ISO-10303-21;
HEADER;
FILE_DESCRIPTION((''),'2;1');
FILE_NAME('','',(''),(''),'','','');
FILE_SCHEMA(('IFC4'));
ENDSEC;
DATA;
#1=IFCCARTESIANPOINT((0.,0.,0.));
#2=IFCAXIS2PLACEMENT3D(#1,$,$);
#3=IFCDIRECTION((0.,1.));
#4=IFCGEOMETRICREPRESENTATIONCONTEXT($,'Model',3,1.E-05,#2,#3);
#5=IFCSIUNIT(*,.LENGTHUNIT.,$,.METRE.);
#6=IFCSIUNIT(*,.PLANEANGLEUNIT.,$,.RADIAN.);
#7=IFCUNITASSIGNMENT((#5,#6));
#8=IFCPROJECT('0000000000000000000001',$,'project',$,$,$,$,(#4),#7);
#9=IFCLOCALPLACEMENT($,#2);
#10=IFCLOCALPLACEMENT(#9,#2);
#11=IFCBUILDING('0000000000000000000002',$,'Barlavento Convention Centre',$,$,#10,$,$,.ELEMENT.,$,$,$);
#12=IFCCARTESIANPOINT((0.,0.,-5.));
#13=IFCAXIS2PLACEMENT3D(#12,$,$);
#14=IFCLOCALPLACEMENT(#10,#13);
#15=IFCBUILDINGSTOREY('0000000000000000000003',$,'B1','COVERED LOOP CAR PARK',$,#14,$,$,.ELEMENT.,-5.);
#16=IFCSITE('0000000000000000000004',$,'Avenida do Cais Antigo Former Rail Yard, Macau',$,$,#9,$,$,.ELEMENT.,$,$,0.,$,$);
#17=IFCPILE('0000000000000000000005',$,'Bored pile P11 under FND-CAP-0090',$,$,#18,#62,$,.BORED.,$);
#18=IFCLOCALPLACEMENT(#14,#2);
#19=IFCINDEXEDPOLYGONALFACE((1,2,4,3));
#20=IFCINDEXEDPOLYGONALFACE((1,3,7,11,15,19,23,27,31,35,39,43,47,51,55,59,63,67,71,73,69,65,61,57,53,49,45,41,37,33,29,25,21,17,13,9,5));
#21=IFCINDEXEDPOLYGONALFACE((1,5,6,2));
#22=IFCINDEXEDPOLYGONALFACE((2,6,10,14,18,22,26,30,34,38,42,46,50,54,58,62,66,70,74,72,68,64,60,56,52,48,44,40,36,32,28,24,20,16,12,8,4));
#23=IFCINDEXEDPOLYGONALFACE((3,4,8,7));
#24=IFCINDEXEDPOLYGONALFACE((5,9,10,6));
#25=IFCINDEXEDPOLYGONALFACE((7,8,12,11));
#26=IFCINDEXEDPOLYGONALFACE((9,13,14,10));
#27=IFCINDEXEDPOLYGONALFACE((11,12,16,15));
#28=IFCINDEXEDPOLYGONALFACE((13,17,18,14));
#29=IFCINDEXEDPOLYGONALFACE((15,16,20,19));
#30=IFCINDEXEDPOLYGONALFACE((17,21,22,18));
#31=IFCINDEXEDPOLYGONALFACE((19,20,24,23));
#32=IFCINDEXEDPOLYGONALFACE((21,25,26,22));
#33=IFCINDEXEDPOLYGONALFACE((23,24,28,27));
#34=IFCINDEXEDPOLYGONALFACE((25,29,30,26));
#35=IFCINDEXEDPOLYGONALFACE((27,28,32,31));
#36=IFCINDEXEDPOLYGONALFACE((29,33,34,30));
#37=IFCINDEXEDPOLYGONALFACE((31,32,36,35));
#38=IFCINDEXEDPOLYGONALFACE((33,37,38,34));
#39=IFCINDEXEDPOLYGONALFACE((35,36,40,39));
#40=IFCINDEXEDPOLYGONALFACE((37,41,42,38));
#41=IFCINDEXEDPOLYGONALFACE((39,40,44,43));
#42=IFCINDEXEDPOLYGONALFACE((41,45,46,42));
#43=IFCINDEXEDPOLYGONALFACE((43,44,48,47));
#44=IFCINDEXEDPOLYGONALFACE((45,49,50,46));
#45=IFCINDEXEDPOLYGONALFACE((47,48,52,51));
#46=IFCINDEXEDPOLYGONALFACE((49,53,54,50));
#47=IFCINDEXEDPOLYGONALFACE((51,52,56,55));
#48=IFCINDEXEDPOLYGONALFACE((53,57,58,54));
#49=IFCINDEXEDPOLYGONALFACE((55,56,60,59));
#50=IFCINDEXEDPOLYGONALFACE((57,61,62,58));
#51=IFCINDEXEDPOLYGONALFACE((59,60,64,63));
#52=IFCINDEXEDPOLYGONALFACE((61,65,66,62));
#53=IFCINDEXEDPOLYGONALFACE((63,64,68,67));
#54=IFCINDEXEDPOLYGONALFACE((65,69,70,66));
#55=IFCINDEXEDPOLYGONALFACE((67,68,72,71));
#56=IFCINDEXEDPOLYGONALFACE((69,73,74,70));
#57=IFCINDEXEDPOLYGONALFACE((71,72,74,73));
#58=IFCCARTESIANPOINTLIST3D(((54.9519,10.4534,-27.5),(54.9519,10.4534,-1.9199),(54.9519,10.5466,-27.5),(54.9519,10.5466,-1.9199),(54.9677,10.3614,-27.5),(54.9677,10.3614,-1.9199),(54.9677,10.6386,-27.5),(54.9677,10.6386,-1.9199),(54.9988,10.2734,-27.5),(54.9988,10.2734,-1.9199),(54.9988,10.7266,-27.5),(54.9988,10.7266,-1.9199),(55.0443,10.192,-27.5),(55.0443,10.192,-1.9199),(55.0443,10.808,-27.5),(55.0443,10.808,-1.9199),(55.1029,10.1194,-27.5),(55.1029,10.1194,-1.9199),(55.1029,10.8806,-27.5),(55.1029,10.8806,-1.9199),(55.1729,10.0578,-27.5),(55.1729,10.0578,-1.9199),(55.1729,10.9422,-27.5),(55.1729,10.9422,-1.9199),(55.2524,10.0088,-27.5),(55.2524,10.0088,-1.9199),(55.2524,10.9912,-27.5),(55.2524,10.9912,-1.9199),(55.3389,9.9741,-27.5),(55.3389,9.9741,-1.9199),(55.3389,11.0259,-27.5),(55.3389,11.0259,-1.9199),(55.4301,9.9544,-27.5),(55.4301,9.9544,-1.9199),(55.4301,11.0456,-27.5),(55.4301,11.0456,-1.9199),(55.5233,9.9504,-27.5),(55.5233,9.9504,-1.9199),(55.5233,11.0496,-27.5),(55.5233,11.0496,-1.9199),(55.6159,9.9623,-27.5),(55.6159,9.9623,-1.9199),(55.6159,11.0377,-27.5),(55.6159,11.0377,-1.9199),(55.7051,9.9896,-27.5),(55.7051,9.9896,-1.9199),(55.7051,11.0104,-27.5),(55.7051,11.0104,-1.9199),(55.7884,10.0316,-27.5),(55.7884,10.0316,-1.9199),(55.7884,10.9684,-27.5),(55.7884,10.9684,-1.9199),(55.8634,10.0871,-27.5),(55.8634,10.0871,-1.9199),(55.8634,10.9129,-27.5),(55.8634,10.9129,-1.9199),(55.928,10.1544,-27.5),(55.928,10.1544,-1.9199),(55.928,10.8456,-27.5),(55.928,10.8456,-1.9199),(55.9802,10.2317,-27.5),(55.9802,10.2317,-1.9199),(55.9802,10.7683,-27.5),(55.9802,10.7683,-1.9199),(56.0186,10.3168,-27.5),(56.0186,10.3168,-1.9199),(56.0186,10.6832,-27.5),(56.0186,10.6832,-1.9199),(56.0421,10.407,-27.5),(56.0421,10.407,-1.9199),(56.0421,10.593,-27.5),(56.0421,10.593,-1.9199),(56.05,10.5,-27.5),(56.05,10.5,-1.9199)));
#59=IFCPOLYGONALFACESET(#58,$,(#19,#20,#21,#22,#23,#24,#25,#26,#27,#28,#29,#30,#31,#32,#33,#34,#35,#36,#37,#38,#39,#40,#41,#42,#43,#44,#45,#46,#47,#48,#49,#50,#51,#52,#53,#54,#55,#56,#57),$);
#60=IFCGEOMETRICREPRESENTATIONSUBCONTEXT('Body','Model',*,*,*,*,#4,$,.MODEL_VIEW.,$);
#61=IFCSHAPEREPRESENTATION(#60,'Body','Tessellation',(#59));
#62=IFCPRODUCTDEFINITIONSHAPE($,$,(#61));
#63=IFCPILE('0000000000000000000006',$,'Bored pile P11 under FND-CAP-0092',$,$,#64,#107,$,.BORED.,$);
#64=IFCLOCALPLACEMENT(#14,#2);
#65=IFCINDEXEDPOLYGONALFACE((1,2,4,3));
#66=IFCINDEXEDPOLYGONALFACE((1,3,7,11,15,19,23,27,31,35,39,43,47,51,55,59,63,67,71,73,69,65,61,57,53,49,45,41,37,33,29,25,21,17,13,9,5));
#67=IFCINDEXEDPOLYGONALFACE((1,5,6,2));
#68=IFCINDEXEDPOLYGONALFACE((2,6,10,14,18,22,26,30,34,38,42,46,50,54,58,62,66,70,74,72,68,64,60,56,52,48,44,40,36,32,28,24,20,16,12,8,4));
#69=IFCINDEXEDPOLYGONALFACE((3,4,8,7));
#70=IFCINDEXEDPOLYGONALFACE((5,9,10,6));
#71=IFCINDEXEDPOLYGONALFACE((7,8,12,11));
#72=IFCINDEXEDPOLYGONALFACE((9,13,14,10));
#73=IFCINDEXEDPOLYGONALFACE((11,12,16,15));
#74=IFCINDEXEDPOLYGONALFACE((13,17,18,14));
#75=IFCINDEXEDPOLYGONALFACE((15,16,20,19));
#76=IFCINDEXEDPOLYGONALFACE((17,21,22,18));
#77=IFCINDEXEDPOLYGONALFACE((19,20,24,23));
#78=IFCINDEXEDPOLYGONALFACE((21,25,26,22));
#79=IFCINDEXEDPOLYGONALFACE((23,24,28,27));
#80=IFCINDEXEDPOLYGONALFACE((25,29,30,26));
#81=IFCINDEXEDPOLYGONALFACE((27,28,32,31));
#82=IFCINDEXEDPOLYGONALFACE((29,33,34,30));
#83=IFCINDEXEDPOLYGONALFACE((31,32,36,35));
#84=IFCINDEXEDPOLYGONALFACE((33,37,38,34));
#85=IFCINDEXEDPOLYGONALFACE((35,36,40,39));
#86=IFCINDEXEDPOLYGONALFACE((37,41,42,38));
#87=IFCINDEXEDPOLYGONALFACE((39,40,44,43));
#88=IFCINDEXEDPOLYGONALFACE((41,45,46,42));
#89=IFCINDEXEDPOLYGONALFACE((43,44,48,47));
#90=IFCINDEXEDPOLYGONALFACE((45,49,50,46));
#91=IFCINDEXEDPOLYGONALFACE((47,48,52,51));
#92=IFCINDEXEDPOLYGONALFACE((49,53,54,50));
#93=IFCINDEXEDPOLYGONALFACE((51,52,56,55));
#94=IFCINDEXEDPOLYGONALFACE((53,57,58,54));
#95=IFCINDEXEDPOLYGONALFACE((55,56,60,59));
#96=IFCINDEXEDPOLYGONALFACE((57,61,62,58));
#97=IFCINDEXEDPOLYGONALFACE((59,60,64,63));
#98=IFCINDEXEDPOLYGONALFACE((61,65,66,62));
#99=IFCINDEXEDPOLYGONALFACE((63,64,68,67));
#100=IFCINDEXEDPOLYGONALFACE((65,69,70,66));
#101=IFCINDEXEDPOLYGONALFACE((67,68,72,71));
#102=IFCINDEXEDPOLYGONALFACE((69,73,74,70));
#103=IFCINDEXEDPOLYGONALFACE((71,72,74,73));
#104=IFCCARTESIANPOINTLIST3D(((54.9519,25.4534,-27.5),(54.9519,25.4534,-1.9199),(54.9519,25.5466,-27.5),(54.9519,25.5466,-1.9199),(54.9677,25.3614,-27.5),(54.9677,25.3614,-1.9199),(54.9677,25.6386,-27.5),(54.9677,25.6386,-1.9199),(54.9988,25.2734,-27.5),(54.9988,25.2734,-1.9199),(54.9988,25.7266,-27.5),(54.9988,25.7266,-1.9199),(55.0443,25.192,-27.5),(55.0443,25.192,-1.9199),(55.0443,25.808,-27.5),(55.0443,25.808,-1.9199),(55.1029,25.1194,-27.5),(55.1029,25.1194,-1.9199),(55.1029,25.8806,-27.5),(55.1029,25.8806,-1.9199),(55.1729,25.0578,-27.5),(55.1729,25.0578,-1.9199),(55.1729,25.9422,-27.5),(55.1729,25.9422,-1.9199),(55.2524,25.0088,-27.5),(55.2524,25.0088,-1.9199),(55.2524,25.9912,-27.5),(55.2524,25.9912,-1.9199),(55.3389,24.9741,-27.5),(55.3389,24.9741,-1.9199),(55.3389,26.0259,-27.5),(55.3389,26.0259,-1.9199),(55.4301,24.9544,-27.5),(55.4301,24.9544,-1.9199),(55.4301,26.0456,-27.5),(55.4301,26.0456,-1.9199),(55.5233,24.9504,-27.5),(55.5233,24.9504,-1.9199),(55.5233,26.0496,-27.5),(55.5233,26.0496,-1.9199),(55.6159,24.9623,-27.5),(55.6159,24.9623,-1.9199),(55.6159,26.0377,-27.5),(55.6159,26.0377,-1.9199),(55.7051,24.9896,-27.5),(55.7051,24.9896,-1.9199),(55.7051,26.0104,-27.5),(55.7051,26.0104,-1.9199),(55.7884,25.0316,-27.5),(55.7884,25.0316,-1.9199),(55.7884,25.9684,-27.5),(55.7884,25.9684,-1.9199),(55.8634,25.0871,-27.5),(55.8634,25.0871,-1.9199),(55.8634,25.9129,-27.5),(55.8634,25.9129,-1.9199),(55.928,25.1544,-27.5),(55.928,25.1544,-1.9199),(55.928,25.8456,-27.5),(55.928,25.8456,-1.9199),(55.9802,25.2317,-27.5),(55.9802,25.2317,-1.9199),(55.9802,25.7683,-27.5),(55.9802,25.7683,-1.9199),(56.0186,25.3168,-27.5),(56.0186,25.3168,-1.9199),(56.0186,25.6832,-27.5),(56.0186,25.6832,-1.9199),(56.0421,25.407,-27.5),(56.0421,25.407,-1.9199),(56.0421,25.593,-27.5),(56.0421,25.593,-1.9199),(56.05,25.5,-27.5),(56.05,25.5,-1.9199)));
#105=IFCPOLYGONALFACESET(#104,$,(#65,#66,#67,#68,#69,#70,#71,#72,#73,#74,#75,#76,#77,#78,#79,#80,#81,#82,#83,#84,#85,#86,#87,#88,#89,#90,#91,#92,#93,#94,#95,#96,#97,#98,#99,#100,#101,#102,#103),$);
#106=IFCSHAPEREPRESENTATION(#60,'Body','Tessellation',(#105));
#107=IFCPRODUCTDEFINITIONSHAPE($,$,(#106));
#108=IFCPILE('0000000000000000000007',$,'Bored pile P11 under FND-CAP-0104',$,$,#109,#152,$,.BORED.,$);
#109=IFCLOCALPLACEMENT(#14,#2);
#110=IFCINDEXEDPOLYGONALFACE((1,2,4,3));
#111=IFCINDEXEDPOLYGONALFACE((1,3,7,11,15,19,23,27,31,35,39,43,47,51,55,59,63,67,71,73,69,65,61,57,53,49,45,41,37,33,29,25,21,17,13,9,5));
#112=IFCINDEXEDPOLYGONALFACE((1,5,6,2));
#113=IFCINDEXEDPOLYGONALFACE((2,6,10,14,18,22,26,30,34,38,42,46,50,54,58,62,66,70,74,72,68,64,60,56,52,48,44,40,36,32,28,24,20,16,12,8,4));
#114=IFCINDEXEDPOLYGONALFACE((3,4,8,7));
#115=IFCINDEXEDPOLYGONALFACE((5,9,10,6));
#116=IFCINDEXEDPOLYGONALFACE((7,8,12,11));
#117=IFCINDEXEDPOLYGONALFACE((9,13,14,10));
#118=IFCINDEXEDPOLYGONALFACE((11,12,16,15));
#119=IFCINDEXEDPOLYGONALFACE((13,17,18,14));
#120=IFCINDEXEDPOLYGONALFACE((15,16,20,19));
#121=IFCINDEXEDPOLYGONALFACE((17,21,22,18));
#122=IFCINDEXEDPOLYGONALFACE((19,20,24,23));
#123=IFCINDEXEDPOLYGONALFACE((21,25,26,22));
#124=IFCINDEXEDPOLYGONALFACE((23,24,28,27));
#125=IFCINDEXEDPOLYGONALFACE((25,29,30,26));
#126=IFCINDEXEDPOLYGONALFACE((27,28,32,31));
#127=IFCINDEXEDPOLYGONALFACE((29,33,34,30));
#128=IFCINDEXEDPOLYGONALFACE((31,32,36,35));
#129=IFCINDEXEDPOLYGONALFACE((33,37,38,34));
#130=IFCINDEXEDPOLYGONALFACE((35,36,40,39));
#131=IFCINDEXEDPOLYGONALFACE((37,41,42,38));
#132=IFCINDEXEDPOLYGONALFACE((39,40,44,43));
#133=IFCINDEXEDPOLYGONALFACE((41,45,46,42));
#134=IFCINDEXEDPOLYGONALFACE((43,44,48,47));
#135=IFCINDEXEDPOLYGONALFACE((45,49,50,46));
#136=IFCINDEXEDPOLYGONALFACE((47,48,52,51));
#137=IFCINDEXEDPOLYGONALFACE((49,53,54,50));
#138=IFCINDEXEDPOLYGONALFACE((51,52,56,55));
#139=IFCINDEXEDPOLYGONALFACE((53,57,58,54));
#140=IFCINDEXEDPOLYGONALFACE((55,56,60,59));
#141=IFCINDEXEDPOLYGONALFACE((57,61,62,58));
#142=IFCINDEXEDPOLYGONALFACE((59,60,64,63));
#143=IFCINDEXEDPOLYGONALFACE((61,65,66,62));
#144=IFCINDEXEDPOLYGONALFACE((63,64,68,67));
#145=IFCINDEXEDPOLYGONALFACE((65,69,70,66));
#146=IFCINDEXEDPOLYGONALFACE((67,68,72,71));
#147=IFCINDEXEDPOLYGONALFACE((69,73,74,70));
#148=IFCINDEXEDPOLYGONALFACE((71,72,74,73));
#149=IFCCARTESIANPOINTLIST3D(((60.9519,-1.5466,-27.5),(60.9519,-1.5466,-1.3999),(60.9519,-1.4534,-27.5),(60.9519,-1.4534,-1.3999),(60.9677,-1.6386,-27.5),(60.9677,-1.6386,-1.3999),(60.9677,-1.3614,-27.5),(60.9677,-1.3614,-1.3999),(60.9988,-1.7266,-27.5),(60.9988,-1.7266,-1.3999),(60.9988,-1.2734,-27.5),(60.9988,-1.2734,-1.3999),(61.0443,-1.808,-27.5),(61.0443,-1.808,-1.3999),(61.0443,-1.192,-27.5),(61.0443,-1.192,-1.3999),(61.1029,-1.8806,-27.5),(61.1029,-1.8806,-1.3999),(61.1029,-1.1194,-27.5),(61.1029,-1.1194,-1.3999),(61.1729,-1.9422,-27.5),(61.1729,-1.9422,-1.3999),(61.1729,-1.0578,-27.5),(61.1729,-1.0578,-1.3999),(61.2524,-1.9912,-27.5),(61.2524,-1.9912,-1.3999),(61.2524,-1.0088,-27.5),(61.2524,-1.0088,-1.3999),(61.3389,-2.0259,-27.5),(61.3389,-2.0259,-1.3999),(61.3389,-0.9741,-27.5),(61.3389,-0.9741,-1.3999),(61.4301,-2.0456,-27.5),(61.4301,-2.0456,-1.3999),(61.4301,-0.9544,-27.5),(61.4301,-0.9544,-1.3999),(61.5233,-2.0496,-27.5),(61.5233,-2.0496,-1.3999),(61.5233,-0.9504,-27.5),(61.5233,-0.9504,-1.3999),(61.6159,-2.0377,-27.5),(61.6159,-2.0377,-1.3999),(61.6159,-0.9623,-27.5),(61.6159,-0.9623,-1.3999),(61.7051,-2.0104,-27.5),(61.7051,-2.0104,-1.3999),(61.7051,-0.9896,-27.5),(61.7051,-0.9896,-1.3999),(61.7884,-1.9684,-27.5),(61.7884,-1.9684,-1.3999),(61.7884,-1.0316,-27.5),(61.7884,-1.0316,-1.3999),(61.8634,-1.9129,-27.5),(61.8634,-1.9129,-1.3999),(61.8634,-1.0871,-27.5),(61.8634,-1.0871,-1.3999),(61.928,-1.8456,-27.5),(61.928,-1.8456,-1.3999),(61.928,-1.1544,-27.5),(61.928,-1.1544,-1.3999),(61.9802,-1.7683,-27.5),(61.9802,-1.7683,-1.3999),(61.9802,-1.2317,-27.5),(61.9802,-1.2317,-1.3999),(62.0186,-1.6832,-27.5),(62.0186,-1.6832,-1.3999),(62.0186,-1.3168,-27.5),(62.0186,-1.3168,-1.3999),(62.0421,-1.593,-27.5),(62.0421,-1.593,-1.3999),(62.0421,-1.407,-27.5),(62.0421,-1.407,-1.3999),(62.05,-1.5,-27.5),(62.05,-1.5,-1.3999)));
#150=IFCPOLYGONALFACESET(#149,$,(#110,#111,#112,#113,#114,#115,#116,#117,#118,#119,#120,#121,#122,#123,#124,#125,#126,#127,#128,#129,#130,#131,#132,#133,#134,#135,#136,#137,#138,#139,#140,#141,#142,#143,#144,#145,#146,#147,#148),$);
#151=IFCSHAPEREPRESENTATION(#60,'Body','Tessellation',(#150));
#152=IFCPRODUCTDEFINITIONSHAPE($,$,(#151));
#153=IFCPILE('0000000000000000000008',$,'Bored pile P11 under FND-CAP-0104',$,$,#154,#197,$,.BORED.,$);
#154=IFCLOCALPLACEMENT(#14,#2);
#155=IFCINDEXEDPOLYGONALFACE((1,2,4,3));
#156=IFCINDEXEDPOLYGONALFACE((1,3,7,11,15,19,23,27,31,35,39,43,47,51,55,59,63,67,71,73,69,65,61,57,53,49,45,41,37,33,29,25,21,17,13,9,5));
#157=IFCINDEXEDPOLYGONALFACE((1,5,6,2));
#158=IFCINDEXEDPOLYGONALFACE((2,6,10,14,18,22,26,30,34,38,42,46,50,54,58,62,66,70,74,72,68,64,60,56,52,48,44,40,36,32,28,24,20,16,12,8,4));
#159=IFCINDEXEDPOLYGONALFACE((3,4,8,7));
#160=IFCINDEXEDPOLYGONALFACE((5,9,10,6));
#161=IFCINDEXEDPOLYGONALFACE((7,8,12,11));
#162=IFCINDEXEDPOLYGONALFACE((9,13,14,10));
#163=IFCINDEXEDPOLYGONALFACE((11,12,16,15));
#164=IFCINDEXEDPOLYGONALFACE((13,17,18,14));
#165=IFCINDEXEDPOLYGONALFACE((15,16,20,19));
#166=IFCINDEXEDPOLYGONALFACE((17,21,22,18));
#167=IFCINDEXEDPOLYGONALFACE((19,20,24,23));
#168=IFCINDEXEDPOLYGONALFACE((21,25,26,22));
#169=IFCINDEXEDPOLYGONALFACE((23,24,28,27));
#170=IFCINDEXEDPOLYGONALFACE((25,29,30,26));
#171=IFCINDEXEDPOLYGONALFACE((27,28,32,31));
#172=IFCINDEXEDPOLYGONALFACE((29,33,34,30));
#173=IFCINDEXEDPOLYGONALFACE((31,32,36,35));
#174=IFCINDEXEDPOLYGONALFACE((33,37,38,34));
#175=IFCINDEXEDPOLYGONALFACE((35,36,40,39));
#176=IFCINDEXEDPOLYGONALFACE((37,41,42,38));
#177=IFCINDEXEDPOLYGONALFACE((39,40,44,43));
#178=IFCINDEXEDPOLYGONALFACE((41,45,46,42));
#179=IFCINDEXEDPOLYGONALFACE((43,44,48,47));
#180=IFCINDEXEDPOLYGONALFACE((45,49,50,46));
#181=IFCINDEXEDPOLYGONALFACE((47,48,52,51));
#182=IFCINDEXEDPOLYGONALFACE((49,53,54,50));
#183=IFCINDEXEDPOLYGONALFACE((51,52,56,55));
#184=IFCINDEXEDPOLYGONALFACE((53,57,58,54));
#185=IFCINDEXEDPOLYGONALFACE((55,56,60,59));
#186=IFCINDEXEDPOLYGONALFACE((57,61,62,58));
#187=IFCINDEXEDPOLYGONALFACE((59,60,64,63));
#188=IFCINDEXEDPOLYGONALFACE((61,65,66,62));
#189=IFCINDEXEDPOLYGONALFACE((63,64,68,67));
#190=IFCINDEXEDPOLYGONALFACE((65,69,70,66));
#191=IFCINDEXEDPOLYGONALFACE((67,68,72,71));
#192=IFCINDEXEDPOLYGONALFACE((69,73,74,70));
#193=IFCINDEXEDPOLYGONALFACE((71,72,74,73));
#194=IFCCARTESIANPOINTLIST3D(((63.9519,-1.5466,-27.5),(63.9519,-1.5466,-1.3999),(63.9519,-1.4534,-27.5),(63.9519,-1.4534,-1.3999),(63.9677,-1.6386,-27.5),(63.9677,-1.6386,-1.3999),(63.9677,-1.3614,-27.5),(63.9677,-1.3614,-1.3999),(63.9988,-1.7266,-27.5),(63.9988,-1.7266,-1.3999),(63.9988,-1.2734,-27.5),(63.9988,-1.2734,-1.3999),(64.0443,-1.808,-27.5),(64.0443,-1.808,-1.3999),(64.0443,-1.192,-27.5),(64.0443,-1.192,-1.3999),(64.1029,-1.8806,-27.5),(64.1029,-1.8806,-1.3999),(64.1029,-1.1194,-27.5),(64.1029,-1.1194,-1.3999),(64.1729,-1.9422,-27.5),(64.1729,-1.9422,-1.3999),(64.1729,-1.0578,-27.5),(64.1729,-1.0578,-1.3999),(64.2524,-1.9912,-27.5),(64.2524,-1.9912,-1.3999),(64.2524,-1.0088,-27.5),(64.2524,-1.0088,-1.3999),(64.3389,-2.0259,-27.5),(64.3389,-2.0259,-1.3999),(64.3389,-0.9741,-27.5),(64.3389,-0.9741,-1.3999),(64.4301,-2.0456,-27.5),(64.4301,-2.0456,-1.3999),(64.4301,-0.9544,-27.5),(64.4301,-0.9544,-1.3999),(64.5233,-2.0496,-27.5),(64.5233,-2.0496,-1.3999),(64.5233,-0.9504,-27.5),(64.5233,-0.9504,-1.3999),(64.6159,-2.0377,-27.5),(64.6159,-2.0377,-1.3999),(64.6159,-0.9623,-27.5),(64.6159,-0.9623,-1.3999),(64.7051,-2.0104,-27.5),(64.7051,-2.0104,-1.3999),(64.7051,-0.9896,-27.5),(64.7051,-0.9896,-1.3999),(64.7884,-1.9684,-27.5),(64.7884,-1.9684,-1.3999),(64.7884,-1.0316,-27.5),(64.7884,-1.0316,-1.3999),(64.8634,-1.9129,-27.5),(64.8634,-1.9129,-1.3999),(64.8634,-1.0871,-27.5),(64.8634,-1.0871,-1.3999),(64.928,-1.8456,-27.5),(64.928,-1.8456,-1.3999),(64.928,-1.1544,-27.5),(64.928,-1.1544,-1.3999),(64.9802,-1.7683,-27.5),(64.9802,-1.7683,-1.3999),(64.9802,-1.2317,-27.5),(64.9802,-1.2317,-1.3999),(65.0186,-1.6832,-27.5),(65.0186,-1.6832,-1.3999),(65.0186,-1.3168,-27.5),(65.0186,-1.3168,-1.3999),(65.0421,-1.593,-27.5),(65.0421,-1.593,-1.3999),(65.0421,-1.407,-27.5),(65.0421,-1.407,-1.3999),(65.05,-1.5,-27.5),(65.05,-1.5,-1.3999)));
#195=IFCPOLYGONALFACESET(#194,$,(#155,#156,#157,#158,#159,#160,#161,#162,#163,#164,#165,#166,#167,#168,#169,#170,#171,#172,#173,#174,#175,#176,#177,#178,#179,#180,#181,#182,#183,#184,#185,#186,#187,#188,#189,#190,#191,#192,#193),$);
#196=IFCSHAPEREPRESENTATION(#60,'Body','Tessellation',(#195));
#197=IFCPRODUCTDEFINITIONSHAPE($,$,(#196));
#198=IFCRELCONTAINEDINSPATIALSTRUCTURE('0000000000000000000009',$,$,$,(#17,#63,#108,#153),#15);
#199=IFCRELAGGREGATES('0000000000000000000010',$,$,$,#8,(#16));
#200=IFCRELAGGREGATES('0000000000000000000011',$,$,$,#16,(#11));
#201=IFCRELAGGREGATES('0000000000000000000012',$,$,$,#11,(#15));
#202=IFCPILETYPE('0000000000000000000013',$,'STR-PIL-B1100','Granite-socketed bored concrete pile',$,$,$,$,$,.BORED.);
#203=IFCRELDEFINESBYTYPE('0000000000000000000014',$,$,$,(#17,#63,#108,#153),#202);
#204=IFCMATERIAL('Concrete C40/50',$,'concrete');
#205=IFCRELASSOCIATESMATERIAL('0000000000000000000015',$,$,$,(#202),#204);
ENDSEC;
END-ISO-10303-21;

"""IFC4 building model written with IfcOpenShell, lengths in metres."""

from ifc_helpers import new_model, si_unit, direction, frame, origin, origin_2d, place, context, subcontext, project, spatial, circle, extrude, material, material_profile, profile_set, type_object, element, save


model = new_model("IFC4")

# Units and contexts
model_context = context("Model", 3, precision=1e-05, world=origin(), true_north=direction((0.0, 1.0)))
body_context = subcontext(model_context, "Body", "Model", "MODEL_VIEW")
ifc_project = project(units=[si_unit("LENGTHUNIT", "METRE"), si_unit("PLANEANGLEUNIT", "RADIAN")], contexts=[model_context])

# Site, building, storey
site_placement = place(None, origin())
site = spatial("IfcSite", under=ifc_project, at=site_placement, Name="Avenida do Cais Antigo Former Rail Yard, Macau", CompositionType="ELEMENT", RefElevation=0.0)
building_placement = place(site_placement, origin())
building = spatial("IfcBuilding", under=site, at=building_placement, Name="Barlavento Convention Centre", CompositionType="ELEMENT")
storey_placement = place(building_placement, frame((0.0, 0.0, -5.0)))
storey = spatial("IfcBuildingStorey", under=building, at=storey_placement, Name="B1", Description="COVERED LOOP CAR PARK", CompositionType="ELEMENT", Elevation=-5.0)

# Shared definitions
ifc_material_1 = material(Name="Concrete C40/50", Category="concrete")

# Piles
ifc_material_profile_1 = material_profile(ifc_material_1, circle(Radius=0.55, at=origin_2d()), Name="BORED PILE 1100")
ifc_profile_set_1 = profile_set([ifc_material_profile_1], Name="Concrete C40/50")
pile_type_1 = type_object("IfcPileType", Name="STR-PIL-B1100", Description="Granite-socketed bored concrete pile", PredefinedType="BORED", material=ifc_profile_set_1)
for number, where, z_axis, x_axis, name in (
    (1, (55.5, 10.5, -1.9199), (0.0, 0.0, -1.0), (1.0, 0.0, 0.0), "Bored pile P11 under FND-CAP-0090"),
    (2, (55.5, 25.5, -1.9199), (0.0, 0.0, -1.0), (1.0, 0.0, 0.0), "Bored pile P11 under FND-CAP-0092"),
):
    element("IfcPile", number, at=place(storey_placement, frame(where, z_axis=z_axis, x_axis=x_axis)), inside=storey, type_object=pile_type_1, Name=name, PredefinedType="BORED", context=body_context, shape_type="SweptSolid", body=[
        extrude(circle(Radius=0.55, at=origin_2d()), origin(), (0.0, 0.0, 1.0), 25.5801),
    ])
for number, where, z_axis, x_axis, name in (
    (3, (61.5, -1.5, -1.3999), (0.0, 0.0, -1.0), (1.0, 0.0, 0.0), "Bored pile P11 under FND-CAP-0104"),
    (4, (64.5, -1.5, -1.3999), (0.0, 0.0, -1.0), (1.0, 0.0, 0.0), "Bored pile P11 under FND-CAP-0104"),
):
    element("IfcPile", number, at=place(storey_placement, frame(where, z_axis=z_axis, x_axis=x_axis)), inside=storey, type_object=pile_type_1, Name=name, PredefinedType="BORED", context=body_context, shape_type="SweptSolid", body=[
        extrude(circle(Radius=0.55, at=origin_2d()), origin(), (0.0, 0.0, 1.0), 26.1001),
    ])

save(model, "model.ifc")
